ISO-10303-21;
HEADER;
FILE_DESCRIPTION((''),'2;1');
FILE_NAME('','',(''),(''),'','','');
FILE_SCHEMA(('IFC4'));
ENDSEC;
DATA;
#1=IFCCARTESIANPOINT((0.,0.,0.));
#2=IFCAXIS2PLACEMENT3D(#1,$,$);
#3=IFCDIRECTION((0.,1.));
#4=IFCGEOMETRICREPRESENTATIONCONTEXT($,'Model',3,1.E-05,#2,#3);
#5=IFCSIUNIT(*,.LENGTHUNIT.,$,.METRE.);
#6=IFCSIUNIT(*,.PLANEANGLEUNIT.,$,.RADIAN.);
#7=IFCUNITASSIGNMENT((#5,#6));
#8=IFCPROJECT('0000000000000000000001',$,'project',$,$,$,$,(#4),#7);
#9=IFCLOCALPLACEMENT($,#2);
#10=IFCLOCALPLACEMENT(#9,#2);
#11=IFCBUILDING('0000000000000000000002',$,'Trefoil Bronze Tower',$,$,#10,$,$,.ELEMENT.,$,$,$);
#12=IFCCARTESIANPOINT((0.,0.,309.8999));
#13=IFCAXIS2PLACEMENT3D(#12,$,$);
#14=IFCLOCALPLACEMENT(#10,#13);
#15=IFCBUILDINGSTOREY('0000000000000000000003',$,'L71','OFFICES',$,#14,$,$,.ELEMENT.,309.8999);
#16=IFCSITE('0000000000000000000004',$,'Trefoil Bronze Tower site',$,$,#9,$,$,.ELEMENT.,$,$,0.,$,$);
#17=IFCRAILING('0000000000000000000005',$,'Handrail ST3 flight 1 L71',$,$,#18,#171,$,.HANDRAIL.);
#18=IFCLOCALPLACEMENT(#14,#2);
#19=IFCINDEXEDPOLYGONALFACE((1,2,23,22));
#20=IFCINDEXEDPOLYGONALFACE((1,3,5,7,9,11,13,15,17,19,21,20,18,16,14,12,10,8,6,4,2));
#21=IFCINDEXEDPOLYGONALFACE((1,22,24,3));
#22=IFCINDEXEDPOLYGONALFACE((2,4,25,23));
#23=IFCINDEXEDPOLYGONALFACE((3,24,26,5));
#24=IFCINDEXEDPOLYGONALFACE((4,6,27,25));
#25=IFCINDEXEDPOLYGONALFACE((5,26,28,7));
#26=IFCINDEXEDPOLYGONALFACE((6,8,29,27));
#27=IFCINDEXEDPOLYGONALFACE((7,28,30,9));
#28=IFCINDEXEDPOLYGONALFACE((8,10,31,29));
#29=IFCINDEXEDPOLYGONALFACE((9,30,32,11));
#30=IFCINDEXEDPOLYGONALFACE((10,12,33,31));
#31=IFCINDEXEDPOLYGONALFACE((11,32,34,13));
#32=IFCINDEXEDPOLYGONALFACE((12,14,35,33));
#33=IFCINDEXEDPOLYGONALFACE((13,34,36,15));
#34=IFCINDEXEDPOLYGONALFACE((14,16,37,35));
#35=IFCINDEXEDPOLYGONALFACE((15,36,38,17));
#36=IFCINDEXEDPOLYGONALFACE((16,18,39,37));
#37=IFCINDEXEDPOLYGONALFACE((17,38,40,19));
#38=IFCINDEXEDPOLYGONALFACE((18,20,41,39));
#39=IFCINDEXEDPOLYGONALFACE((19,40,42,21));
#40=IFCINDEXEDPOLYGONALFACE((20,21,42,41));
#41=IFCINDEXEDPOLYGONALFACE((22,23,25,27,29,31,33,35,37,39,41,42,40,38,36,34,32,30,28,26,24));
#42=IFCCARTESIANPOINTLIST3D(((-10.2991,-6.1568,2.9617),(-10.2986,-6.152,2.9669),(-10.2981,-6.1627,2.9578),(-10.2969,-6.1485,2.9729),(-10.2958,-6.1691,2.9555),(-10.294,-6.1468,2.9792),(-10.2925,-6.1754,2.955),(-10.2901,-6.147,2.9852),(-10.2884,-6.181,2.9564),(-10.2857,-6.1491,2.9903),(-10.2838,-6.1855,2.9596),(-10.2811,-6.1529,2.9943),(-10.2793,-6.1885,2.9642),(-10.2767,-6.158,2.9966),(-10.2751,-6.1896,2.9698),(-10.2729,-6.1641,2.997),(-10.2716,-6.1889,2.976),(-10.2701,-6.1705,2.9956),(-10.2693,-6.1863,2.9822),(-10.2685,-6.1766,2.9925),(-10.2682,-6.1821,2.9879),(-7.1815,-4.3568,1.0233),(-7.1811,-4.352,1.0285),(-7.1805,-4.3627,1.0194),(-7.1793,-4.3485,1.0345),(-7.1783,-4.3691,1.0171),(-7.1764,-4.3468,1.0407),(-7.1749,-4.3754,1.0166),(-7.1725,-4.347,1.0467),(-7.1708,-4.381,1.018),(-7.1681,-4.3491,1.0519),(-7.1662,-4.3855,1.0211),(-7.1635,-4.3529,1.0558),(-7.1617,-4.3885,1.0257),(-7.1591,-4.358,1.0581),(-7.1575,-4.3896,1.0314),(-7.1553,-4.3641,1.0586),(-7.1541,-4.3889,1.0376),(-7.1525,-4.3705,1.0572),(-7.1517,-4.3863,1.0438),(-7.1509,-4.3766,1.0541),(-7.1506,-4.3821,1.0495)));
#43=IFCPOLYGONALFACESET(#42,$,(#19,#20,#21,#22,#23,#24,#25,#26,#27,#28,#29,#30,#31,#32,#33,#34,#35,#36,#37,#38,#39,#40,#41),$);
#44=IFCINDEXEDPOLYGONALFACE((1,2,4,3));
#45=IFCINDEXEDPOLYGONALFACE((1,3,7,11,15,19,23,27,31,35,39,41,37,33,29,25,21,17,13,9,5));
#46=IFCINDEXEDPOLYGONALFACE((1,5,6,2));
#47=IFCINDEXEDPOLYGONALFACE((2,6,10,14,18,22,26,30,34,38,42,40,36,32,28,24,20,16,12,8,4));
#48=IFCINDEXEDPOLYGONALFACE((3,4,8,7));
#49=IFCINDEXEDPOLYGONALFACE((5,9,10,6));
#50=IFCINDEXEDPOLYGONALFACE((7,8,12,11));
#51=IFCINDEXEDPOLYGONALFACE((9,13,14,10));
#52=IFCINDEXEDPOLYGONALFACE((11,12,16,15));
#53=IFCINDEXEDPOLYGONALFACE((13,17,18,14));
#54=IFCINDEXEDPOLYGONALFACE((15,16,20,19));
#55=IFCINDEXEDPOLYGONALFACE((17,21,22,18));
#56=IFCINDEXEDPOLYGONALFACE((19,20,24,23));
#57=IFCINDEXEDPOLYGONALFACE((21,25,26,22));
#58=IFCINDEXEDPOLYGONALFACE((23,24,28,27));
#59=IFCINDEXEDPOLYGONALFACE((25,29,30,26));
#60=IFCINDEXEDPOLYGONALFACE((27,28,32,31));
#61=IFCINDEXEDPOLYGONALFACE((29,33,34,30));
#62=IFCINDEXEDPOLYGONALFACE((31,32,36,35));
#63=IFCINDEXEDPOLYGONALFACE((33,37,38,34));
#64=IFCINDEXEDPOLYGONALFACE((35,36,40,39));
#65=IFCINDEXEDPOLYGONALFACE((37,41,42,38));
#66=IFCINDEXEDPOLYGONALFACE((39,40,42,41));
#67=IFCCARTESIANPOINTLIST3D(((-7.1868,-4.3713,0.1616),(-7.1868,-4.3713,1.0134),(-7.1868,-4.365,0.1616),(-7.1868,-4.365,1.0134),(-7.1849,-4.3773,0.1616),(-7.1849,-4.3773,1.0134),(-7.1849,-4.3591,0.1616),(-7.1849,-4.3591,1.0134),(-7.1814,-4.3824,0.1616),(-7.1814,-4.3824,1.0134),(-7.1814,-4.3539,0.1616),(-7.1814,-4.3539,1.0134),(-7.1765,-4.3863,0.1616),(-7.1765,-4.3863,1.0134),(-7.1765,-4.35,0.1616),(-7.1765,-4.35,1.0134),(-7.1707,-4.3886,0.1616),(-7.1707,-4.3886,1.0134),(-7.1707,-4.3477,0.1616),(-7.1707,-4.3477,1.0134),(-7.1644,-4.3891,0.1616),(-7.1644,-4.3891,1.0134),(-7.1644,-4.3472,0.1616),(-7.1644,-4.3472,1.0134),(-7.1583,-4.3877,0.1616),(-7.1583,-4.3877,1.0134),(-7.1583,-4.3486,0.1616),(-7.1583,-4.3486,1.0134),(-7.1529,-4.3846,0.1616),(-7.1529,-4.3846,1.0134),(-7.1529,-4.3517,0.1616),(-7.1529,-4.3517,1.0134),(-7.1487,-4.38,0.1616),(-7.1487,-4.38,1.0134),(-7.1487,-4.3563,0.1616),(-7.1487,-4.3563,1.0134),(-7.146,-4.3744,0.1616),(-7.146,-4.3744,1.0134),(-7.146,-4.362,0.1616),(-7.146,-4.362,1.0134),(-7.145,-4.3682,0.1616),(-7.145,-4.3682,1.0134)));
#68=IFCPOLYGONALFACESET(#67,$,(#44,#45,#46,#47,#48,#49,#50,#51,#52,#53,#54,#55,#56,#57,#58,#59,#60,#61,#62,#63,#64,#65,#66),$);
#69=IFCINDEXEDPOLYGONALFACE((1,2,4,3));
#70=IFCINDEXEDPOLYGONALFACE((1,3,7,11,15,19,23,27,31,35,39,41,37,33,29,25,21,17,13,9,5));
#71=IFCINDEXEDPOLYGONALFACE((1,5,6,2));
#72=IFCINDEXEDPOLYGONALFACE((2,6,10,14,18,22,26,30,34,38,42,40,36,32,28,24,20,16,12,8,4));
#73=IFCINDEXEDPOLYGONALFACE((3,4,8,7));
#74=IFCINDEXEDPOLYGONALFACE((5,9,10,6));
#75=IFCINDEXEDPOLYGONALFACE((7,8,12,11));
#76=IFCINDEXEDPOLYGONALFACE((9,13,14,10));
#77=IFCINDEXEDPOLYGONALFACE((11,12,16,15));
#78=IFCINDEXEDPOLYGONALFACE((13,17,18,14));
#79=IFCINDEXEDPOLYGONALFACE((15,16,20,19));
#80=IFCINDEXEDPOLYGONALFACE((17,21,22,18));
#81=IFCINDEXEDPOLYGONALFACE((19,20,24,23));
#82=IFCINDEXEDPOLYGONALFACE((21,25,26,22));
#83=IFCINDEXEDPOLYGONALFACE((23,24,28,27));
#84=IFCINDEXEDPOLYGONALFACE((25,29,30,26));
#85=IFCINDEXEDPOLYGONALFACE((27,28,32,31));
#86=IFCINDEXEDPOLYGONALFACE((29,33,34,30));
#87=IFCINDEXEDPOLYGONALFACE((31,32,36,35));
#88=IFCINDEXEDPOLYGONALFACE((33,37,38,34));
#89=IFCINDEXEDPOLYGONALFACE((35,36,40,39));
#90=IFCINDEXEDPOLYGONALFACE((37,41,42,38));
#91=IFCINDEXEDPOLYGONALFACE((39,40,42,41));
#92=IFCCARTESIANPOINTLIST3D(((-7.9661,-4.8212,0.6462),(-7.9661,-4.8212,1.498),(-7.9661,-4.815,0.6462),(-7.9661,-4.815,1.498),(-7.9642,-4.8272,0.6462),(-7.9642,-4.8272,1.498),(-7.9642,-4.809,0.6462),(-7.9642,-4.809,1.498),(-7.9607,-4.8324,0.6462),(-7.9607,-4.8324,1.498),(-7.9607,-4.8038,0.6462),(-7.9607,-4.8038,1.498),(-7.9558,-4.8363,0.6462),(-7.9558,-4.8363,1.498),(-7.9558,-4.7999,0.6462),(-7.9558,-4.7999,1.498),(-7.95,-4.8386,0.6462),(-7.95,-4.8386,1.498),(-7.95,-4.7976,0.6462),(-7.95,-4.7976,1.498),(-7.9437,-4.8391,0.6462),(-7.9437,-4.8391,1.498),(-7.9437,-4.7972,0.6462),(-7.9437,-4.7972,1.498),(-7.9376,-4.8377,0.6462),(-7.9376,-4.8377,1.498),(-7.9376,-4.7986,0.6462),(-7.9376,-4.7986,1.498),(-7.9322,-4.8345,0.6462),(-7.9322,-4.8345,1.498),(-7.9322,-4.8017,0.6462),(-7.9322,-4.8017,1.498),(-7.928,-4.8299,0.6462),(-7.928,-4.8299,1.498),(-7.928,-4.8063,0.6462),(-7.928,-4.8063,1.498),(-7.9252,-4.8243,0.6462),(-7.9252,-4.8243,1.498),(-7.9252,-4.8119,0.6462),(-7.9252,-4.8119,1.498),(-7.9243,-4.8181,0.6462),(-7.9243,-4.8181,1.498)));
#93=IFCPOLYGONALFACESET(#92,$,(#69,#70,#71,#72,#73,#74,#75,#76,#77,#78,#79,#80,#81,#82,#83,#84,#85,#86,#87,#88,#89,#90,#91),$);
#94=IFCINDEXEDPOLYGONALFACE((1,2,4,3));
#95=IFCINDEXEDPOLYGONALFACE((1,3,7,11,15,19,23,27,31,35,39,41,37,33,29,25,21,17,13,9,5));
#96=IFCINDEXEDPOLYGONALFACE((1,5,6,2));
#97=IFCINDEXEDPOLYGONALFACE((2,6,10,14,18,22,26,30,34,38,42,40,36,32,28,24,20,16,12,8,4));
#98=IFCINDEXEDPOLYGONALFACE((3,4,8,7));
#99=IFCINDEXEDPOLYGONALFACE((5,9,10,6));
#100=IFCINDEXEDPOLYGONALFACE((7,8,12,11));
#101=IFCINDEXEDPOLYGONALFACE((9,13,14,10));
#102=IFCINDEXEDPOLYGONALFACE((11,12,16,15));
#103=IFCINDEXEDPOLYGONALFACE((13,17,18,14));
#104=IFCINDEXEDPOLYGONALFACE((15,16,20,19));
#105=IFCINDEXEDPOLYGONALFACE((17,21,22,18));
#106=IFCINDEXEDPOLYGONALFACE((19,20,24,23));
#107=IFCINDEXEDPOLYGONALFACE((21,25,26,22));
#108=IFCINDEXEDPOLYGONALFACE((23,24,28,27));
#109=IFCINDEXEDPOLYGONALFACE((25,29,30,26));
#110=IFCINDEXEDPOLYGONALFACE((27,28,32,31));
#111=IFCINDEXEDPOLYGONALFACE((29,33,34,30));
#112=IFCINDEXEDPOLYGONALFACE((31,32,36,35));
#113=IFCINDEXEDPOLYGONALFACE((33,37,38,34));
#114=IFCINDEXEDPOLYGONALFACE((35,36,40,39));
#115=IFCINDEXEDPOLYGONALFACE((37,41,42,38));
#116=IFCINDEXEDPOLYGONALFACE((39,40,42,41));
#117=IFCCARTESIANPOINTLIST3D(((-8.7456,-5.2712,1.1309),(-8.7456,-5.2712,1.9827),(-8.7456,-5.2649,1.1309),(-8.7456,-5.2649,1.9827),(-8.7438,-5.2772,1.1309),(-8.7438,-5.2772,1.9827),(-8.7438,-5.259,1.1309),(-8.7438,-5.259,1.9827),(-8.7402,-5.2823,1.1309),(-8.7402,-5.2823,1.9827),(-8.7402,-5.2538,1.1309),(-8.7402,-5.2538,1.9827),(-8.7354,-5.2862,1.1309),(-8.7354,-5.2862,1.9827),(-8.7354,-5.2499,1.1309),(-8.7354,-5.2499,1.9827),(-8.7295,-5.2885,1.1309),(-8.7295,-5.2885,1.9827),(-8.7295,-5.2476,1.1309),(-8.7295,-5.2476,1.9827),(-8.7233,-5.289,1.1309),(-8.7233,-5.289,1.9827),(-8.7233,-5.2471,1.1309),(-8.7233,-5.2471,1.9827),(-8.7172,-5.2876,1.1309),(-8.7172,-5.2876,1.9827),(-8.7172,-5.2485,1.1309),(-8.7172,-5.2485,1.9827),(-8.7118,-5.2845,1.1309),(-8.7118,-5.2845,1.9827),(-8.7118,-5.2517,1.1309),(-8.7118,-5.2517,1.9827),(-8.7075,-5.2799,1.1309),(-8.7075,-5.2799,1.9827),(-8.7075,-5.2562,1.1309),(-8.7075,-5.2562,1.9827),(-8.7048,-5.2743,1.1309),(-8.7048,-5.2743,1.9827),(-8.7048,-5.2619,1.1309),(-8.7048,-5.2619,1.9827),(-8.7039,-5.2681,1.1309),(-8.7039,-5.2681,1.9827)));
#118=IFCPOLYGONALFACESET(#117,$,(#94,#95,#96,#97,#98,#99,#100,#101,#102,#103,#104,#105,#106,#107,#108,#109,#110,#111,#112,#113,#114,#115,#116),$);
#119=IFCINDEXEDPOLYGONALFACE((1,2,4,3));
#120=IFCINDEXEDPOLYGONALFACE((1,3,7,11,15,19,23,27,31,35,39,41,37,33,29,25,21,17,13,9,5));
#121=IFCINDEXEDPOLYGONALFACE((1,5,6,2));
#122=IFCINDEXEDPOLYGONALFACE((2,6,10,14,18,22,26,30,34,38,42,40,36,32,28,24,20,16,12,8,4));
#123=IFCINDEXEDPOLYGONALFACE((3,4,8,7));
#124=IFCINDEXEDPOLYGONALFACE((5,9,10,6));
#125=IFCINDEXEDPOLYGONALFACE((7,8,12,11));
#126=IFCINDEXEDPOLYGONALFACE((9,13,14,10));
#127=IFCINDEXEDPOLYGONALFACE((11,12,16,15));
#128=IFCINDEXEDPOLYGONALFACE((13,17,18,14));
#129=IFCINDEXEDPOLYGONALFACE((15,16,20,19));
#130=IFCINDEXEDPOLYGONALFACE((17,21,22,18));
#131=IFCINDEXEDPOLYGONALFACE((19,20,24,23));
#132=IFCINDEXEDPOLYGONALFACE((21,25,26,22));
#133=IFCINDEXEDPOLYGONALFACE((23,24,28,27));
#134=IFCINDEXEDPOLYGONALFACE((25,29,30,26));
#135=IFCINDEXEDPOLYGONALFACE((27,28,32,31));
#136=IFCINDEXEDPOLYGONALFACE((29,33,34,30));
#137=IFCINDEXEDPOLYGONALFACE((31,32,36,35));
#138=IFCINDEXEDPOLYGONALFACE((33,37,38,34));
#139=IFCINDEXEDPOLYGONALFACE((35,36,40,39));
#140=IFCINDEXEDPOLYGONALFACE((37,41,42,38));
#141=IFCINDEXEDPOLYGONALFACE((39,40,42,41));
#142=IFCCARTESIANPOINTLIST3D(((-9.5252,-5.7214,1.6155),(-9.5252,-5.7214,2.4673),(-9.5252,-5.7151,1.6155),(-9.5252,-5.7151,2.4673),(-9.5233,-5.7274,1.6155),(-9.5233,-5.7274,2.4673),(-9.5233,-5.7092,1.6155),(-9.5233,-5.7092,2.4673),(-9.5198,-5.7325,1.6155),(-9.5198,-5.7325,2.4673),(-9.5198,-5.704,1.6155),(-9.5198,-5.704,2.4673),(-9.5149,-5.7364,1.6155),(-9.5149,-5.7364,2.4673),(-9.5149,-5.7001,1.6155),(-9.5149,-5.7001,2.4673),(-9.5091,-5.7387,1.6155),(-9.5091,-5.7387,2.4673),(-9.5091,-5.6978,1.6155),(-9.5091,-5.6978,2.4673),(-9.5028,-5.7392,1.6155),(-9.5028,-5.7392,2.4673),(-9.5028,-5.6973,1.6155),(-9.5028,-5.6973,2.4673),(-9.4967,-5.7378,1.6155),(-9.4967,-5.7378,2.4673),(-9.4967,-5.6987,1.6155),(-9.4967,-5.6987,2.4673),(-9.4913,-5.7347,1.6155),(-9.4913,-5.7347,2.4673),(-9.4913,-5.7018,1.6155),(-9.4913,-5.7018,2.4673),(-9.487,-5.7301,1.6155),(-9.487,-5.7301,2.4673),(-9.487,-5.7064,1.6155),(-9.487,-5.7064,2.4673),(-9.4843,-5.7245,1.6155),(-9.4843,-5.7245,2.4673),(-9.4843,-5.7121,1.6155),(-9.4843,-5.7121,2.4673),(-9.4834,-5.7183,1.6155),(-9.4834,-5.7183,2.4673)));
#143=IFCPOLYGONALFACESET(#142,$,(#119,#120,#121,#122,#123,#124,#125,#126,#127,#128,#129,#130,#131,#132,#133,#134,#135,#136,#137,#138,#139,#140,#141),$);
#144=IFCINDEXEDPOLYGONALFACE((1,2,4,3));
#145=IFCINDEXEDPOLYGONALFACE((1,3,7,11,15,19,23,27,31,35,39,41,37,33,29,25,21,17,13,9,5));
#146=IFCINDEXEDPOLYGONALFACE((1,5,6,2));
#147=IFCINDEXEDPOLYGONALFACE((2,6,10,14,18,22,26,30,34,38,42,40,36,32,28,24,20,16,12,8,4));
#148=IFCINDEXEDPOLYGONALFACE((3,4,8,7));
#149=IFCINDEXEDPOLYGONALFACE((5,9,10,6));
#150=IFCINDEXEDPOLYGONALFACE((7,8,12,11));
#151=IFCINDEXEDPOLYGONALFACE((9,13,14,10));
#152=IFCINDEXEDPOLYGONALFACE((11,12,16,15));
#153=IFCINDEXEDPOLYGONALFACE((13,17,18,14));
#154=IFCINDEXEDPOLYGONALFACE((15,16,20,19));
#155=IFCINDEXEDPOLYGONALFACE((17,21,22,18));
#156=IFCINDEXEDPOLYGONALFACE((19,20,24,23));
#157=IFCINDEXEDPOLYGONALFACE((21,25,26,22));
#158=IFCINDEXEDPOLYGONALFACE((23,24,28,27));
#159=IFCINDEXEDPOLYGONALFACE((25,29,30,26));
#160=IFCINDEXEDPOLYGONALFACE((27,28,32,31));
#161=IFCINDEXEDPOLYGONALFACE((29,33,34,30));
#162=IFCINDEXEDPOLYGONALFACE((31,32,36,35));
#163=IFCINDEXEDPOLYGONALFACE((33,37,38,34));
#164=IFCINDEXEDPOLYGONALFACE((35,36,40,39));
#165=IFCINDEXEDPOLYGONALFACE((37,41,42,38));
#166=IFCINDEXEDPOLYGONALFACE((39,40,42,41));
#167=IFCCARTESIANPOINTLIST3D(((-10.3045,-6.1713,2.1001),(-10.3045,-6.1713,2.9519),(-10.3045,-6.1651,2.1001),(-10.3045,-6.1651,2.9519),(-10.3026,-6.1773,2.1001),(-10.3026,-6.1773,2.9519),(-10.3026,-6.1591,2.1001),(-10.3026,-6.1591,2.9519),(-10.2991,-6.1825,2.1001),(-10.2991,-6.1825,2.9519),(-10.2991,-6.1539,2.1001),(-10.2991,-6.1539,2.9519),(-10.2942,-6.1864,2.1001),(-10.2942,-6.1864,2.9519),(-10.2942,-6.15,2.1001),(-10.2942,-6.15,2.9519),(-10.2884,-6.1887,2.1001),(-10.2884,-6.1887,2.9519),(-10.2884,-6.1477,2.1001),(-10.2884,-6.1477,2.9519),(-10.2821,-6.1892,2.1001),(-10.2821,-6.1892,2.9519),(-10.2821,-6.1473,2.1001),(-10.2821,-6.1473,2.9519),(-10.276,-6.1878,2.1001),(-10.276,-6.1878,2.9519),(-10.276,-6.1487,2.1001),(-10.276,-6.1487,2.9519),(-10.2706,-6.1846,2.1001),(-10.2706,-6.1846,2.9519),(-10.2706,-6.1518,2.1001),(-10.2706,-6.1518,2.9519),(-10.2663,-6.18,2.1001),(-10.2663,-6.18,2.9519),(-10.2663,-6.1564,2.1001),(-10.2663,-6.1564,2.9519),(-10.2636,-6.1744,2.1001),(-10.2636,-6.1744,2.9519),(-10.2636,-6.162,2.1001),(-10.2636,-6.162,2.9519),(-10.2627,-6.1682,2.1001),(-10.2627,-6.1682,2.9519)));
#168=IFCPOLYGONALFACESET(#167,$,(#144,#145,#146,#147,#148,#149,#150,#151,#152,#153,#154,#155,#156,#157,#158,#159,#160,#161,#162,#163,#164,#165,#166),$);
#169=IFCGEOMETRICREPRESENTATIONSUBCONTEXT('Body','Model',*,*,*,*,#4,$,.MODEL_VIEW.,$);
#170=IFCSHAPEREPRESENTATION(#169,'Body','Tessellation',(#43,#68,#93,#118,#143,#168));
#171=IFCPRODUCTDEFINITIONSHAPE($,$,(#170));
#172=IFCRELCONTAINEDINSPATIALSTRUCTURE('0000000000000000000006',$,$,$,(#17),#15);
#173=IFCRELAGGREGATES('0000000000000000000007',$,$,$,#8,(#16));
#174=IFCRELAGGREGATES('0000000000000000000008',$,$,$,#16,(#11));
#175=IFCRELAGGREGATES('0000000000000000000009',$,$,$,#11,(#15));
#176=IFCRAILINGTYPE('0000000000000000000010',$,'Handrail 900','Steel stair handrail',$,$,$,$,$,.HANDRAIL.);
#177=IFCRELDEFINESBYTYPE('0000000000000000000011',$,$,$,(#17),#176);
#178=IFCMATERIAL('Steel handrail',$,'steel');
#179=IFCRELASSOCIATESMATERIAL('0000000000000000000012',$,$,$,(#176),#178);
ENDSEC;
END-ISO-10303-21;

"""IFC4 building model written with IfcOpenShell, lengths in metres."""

from ifc_helpers import new_model, si_unit, direction, frame, origin, origin_2d, place, context, subcontext, project, spatial, circle, extrude, material, type_object, element, save


model = new_model("IFC4")

# Units and contexts
model_context = context("Model", 3, precision=1e-05, world=origin(), true_north=direction((0.0, 1.0)))
body_context = subcontext(model_context, "Body", "Model", "MODEL_VIEW")
ifc_project = project(units=[si_unit("LENGTHUNIT", "METRE"), si_unit("PLANEANGLEUNIT", "RADIAN")], contexts=[model_context])

# Site, building, storey
site_placement = place(None, origin())
site = spatial("IfcSite", under=ifc_project, at=site_placement, Name="Trefoil Bronze Tower site", CompositionType="ELEMENT", RefElevation=0.0)
building_placement = place(site_placement, origin())
building = spatial("IfcBuilding", under=site, at=building_placement, Name="Trefoil Bronze Tower", CompositionType="ELEMENT")
storey_placement = place(building_placement, frame((0.0, 0.0, 309.8999)))
storey = spatial("IfcBuildingStorey", under=building, at=storey_placement, Name="L71", Description="OFFICES", CompositionType="ELEMENT", Elevation=309.8999)

# Railing
ifc_material_1 = material(Name="Steel handrail", Category="steel")
railing_type = type_object("IfcRailingType", Name="Handrail 900", Description="Steel stair handrail", PredefinedType="HANDRAIL", material=ifc_material_1)
railing_1_placement = place(storey_placement, frame((-7.166, -4.3682, 0.1616)))
element("IfcRailing", 1, at=railing_1_placement, inside=storey, type_object=railing_type, Name="Handrail ST3 flight 1 L71", PredefinedType="HANDRAIL", context=body_context, shape_type="SweptSolid", body=[
    extrude(circle(Radius=0.0239, at=origin_2d()), frame((0.0, 0.0, 0.876), z_axis=(-0.762503, -0.440246, 0.474102), x_axis=(0.500012, -0.866018, 0.0)), (0.0, 0.0, 1.0), 4.0886),
    extrude(circle(Radius=0.021, at=origin_2d()), origin(), (0.0, 0.0, 1.0), 0.8518),
    extrude(circle(Radius=0.021, at=origin_2d()), frame((-0.7793, -0.45, 0.4846)), (0.0, 0.0, 1.0), 0.8518),
    extrude(circle(Radius=0.021, at=origin_2d()), frame((-1.5588, -0.8999, 0.9692)), (0.0, 0.0, 1.0), 0.8518),
    extrude(circle(Radius=0.021, at=origin_2d()), frame((-2.3384, -1.3501, 1.4539)), (0.0, 0.0, 1.0), 0.8518),
    extrude(circle(Radius=0.021, at=origin_2d()), frame((-3.1177, -1.8, 1.9385)), (0.0, 0.0, 1.0), 0.8518),
])

save(model, "model.ifc")
